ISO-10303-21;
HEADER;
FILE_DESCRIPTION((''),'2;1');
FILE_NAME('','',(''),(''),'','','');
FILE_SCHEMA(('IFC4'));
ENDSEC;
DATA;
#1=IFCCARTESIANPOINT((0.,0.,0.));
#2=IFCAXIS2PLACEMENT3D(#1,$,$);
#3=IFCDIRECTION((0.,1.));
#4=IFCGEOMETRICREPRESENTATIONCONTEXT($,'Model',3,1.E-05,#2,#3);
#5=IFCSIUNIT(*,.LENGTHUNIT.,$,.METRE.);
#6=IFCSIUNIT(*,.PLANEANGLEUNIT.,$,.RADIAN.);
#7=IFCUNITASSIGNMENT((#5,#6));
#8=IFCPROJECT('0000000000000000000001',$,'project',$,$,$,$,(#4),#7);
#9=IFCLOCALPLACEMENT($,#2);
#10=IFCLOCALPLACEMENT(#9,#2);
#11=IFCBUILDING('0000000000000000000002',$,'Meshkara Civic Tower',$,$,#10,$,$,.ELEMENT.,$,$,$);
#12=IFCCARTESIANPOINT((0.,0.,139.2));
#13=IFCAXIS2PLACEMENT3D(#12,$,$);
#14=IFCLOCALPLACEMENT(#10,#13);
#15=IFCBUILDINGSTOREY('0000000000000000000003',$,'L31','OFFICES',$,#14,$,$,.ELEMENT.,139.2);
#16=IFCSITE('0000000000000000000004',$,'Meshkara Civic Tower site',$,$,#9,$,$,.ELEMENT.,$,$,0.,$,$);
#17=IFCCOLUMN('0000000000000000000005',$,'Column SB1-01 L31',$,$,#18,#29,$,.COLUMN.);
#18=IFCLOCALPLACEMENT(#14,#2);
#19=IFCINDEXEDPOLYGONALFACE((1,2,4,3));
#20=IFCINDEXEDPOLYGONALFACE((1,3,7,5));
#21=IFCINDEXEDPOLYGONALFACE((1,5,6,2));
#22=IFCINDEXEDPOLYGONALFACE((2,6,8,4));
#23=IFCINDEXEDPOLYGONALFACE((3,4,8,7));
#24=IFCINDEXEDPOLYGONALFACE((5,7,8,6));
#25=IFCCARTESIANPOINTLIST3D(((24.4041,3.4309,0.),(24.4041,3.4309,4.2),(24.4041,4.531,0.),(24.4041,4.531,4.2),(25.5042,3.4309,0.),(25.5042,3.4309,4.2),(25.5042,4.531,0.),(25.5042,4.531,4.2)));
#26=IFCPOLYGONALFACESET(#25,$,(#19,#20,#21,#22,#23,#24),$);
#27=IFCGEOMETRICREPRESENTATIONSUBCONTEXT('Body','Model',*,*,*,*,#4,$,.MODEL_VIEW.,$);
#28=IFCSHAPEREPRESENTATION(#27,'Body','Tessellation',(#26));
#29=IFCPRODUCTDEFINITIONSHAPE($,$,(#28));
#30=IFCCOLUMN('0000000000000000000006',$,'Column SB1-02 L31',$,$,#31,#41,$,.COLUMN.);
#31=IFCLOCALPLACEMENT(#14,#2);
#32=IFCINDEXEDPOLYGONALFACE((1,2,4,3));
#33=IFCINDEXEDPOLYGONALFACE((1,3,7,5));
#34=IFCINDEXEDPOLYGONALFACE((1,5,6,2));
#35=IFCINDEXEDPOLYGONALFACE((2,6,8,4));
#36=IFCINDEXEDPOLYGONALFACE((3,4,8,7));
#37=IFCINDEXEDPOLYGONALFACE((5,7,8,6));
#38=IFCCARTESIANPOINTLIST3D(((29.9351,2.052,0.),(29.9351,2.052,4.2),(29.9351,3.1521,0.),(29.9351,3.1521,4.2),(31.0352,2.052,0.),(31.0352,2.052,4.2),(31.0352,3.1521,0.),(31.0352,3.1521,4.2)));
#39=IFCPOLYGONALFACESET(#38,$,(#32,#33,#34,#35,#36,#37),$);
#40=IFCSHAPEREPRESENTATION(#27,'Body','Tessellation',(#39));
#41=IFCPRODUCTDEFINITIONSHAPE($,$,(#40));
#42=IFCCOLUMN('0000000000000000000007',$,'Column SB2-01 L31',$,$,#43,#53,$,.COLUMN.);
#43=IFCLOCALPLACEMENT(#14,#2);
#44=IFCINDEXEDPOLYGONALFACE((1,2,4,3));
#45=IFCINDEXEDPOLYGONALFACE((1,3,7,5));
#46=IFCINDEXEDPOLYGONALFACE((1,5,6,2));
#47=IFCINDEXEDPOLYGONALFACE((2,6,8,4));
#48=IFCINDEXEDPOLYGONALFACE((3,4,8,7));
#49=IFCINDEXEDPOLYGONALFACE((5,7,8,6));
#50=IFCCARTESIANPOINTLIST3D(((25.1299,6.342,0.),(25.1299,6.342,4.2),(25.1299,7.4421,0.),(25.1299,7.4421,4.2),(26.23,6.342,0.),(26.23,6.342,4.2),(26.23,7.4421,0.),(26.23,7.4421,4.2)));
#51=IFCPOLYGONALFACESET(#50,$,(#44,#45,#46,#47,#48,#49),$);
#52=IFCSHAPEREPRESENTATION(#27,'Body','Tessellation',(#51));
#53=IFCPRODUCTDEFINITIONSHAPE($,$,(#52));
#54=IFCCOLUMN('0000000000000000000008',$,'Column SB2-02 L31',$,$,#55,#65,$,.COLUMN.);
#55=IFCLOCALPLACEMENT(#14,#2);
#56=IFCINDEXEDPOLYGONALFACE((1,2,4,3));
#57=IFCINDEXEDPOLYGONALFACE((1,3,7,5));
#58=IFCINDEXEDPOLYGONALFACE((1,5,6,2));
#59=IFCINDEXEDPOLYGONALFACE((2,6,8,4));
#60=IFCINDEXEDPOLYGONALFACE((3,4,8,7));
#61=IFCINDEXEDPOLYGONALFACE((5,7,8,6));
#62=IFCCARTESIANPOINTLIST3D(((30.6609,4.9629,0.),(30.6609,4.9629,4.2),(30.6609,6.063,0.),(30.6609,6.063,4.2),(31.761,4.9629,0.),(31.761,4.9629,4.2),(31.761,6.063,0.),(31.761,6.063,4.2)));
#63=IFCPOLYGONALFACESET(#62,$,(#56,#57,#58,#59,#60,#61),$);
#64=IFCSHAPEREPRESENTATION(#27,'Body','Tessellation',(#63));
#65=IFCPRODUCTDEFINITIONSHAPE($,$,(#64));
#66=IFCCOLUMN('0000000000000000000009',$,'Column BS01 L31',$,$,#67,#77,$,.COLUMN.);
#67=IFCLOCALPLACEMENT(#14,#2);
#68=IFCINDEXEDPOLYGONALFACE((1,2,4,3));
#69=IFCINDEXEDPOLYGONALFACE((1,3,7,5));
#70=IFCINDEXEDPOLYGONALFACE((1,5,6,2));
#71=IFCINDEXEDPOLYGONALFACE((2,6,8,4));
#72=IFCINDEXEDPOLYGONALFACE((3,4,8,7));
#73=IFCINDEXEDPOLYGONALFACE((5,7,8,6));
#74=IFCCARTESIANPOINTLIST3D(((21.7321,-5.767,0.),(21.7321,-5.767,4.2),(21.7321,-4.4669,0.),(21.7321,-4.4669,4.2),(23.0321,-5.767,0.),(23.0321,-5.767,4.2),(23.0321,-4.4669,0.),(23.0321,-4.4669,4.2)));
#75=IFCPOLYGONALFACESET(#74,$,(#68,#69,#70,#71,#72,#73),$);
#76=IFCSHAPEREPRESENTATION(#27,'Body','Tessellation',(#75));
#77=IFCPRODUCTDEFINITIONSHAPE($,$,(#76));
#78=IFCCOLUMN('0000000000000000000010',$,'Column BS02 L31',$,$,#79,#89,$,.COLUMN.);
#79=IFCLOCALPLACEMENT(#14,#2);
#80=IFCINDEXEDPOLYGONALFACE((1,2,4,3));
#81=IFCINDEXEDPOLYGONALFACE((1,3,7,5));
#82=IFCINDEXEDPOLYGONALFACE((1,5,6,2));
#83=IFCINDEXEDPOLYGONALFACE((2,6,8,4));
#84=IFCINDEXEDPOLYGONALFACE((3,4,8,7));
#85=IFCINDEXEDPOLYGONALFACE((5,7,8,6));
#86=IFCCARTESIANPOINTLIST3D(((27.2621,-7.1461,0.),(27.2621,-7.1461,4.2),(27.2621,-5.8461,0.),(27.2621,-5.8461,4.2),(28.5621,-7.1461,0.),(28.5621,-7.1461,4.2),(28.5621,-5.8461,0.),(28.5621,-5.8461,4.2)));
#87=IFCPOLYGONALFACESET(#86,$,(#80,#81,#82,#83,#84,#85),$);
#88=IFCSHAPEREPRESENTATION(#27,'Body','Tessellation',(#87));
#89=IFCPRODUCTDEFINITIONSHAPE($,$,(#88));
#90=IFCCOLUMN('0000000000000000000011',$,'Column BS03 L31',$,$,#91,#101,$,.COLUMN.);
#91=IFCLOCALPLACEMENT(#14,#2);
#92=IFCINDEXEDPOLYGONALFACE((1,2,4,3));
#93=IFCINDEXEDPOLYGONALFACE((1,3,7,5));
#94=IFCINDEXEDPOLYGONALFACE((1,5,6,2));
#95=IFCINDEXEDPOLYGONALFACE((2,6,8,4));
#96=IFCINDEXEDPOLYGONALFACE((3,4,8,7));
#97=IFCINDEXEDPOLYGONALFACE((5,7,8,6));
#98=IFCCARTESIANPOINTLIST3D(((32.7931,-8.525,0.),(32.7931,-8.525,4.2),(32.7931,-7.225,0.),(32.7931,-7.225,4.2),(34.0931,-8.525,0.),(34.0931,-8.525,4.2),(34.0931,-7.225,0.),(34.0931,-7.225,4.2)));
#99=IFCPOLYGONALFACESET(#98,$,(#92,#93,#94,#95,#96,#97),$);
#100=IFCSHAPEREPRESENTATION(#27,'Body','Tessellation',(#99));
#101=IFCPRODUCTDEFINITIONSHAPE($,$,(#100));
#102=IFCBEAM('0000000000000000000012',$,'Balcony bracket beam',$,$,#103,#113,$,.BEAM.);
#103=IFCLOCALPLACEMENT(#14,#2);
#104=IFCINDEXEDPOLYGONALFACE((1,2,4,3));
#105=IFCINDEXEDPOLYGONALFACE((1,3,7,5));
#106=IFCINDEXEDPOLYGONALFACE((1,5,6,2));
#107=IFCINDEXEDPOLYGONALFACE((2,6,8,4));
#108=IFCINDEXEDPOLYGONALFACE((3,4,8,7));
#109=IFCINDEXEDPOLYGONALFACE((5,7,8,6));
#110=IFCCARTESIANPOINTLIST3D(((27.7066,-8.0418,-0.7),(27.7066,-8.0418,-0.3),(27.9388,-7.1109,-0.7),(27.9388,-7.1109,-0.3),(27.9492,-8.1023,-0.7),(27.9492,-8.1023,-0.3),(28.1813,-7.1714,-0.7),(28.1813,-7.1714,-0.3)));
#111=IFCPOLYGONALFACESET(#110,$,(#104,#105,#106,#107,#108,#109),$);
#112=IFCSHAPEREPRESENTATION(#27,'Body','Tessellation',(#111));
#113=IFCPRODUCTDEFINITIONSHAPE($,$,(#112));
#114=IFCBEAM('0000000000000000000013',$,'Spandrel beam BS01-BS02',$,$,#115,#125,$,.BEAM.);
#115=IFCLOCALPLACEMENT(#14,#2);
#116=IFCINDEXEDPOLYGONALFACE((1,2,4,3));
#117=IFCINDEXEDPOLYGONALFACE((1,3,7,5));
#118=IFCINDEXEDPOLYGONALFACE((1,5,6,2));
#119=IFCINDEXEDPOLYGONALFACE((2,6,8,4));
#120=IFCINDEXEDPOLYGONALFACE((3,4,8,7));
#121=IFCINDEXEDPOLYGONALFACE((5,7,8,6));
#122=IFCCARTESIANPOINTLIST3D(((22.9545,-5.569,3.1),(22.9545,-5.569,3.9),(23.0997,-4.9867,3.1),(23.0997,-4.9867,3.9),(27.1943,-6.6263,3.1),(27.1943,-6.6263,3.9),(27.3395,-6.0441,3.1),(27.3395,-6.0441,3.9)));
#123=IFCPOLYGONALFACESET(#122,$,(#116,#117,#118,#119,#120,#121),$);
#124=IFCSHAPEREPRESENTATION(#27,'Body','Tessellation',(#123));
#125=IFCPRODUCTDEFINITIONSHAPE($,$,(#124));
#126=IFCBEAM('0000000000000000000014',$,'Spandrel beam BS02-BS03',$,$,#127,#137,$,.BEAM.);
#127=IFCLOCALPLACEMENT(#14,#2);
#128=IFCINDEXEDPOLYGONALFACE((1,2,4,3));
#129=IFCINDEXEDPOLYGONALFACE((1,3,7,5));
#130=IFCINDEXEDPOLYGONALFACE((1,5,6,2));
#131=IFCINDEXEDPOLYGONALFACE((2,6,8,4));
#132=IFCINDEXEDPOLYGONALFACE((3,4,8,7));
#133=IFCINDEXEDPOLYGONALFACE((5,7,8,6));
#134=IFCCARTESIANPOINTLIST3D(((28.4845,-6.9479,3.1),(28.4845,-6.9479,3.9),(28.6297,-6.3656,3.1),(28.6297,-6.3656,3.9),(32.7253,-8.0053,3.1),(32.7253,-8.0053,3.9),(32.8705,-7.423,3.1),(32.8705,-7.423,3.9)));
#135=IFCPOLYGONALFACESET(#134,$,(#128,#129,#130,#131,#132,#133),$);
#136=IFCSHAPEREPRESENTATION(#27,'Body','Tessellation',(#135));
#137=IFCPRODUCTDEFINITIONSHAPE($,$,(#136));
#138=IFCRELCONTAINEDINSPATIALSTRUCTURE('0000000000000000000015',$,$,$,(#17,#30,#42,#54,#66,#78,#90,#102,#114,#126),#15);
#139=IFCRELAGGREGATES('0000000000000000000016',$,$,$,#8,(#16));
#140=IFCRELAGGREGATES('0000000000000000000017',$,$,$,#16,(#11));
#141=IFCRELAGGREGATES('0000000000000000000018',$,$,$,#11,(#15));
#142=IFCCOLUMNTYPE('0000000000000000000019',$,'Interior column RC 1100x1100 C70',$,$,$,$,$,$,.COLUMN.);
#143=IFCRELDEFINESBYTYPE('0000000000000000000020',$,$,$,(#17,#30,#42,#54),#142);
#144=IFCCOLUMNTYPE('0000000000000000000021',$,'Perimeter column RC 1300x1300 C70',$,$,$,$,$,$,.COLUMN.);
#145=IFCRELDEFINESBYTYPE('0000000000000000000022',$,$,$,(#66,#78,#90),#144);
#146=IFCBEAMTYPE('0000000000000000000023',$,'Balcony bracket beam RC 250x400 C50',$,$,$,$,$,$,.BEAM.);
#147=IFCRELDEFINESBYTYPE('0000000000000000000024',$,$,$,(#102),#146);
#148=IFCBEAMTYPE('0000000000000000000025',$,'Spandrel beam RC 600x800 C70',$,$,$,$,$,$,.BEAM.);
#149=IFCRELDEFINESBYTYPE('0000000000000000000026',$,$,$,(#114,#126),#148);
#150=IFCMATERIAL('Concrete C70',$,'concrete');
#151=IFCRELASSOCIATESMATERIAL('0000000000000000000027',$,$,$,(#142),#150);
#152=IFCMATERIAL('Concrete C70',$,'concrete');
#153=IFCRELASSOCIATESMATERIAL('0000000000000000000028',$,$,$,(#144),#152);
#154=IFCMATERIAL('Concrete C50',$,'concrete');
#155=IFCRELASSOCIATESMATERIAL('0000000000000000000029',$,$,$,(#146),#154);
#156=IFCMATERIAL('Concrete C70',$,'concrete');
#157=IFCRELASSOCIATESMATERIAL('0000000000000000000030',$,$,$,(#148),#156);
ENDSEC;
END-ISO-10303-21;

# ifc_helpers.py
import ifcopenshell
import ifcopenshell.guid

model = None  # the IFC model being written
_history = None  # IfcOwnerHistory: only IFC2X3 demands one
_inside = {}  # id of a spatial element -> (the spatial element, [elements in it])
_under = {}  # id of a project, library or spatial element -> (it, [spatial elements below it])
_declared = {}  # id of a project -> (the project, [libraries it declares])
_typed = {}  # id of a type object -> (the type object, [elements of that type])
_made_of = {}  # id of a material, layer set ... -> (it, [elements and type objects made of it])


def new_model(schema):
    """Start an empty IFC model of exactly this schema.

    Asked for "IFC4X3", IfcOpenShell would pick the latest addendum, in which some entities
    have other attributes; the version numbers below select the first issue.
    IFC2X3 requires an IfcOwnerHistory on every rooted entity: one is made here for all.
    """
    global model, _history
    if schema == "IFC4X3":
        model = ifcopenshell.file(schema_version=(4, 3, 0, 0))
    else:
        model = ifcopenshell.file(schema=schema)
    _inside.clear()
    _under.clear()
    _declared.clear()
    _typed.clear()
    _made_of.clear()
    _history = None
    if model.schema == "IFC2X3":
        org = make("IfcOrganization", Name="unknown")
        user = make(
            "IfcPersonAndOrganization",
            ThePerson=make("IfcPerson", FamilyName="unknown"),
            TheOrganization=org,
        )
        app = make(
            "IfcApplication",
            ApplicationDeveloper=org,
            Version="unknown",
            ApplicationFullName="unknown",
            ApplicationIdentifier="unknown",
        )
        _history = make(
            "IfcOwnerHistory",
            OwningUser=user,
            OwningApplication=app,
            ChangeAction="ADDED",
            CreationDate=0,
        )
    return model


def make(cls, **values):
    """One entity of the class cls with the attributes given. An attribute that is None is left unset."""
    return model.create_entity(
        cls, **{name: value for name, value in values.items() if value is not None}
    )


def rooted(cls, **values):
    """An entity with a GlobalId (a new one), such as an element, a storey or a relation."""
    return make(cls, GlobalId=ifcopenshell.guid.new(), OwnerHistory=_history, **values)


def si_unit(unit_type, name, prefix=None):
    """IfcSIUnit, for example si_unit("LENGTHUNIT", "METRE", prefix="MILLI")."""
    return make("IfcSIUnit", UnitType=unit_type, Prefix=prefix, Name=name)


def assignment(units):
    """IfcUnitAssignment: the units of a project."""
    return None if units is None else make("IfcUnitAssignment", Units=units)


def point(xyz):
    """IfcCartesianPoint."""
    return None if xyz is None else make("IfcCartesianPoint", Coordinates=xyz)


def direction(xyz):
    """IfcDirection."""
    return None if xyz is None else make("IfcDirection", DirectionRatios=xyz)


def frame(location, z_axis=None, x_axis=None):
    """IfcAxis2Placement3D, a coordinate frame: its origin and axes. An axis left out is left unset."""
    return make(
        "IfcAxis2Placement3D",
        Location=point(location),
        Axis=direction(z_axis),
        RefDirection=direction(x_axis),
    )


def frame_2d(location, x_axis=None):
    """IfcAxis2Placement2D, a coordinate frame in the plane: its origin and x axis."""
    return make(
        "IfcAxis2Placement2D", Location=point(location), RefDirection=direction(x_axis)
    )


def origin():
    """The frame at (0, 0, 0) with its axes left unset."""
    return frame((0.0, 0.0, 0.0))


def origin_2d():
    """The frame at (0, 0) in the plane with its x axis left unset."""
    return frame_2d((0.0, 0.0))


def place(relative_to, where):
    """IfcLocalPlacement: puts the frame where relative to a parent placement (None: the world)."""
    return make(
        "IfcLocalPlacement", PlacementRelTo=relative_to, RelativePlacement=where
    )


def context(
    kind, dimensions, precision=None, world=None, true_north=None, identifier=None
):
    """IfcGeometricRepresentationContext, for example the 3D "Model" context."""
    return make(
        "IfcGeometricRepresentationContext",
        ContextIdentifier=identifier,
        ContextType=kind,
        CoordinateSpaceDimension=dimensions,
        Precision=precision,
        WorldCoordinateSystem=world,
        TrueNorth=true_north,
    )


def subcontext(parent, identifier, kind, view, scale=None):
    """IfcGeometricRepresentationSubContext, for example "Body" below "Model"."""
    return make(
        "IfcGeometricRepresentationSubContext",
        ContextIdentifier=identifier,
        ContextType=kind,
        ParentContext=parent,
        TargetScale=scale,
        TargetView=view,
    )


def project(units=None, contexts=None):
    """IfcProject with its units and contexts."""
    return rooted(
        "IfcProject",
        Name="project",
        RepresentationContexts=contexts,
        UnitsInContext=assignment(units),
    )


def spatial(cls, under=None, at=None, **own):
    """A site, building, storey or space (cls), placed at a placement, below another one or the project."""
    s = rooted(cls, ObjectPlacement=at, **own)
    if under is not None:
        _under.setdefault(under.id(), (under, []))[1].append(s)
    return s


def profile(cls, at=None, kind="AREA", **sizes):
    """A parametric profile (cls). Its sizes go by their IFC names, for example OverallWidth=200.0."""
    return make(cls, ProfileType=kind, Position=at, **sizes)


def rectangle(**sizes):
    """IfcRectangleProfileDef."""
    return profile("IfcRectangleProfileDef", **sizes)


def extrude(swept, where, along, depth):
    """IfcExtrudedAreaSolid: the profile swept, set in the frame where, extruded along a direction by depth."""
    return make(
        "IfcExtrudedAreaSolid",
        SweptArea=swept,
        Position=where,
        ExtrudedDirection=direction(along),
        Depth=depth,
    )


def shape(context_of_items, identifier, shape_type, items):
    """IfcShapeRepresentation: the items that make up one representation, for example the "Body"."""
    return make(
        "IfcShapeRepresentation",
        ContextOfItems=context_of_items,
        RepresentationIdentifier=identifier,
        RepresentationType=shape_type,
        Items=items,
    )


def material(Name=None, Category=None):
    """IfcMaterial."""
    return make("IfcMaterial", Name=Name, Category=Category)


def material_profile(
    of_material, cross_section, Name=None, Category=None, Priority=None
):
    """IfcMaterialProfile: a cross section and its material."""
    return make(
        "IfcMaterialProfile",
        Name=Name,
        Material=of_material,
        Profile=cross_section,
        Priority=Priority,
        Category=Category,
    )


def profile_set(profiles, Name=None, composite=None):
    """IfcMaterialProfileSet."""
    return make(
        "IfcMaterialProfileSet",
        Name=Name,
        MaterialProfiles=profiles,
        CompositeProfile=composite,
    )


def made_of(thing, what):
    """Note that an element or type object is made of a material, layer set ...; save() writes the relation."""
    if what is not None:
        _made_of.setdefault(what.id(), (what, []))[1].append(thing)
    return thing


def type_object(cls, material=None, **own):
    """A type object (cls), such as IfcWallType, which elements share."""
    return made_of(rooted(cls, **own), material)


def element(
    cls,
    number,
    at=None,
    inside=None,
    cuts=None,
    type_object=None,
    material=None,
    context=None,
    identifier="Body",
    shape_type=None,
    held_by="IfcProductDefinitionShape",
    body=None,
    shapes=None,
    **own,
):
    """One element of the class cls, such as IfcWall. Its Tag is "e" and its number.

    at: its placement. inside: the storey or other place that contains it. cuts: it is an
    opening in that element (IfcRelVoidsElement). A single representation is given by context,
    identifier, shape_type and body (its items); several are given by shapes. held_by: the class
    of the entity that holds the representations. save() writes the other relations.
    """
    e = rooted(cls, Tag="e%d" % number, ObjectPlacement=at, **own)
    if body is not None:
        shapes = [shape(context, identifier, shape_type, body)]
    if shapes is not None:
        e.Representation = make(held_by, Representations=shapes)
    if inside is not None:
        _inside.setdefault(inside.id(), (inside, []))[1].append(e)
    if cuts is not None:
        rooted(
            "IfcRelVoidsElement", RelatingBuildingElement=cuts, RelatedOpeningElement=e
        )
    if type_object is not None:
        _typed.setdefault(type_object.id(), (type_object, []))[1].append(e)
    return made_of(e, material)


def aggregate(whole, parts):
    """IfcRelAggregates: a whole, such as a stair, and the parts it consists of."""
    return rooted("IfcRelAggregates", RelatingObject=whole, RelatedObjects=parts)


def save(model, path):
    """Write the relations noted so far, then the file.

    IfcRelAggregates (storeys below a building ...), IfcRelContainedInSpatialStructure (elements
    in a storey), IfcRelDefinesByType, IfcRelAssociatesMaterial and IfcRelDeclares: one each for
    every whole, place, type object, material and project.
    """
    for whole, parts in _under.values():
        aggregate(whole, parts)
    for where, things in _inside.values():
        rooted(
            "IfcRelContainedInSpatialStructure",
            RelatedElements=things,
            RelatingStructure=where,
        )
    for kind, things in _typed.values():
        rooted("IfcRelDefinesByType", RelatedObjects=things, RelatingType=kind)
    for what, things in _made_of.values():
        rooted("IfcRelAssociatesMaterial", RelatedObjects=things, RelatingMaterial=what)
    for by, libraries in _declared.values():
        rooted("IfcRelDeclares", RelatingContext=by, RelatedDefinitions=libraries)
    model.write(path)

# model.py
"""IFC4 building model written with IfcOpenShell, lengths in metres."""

from ifc_helpers import new_model, si_unit, direction, frame, origin, origin_2d, place, context, subcontext, project, spatial, rectangle, extrude, material, material_profile, profile_set, type_object, element, save


model = new_model("IFC4")

# Units and contexts
model_context = context("Model", 3, precision=1e-05, world=origin(), true_north=direction((0.0, 1.0)))
body_context = subcontext(model_context, "Body", "Model", "MODEL_VIEW")
ifc_project = project(units=[si_unit("LENGTHUNIT", "METRE"), si_unit("PLANEANGLEUNIT", "RADIAN")], contexts=[model_context])

# Site, building, storey
site_placement = place(None, origin())
site = spatial("IfcSite", under=ifc_project, at=site_placement, Name="Meshkara Civic Tower site", CompositionType="ELEMENT", RefElevation=0.0)
building_placement = place(site_placement, origin())
building = spatial("IfcBuilding", under=site, at=building_placement, Name="Meshkara Civic Tower", CompositionType="ELEMENT")
storey_placement = place(building_placement, frame((0.0, 0.0, 139.2)))
storey = spatial("IfcBuildingStorey", under=building, at=storey_placement, Name="L31", Description="OFFICES", CompositionType="ELEMENT", Elevation=139.2)

# Columns
ifc_material_1 = material(Name="Concrete C70", Category="concrete")
ifc_material_profile_1 = material_profile(ifc_material_1, rectangle(XDim=1.1001, YDim=1.1001, at=origin_2d()))
ifc_profile_set_1 = profile_set([ifc_material_profile_1], Name="Concrete C70")
column_type_1 = type_object("IfcColumnType", Name="Interior column RC 1100x1100 C70", PredefinedType="COLUMN", material=ifc_profile_set_1)
for number, where, z_axis, x_axis, name in (
    (1, (24.9541, 3.981, 0.0), (0.0, 0.0, 1.0), (1.0, 0.0, 0.0), "Column SB1-01 L31"),
    (2, (30.4851, 2.6021, 0.0), (0.0, 0.0, 1.0), (1.0, 0.0, 0.0), "Column SB1-02 L31"),
    (3, (25.6799, 6.8921, 0.0), (0.0, 0.0, 1.0), (1.0, 0.0, 0.0), "Column SB2-01 L31"),
    (4, (31.2109, 5.5129, 0.0), (0.0, 0.0, 1.0), (1.0, 0.0, 0.0), "Column SB2-02 L31"),
):
    element("IfcColumn", number, at=place(storey_placement, frame(where, z_axis=z_axis, x_axis=x_axis)), inside=storey, type_object=column_type_1, Name=name, PredefinedType="COLUMN", context=body_context, shape_type="SweptSolid", body=[
        extrude(rectangle(XDim=1.1001, YDim=1.1001, at=origin_2d()), origin(), (0.0, 0.0, 1.0), 4.2),
    ])
ifc_material_2 = material(Name="Concrete C70", Category="concrete")
ifc_material_profile_2 = material_profile(ifc_material_2, rectangle(XDim=1.3, YDim=1.3, at=origin_2d()))
ifc_profile_set_2 = profile_set([ifc_material_profile_2], Name="Concrete C70")
column_type_2 = type_object("IfcColumnType", Name="Perimeter column RC 1300x1300 C70", PredefinedType="COLUMN", material=ifc_profile_set_2)
for number, where, z_axis, x_axis, name in (
    (5, (22.3821, -5.1169, 0.0), (0.0, 0.0, 1.0), (1.0, 0.0, 0.0), "Column BS01 L31"),
    (6, (27.9121, -6.4961, 0.0), (0.0, 0.0, 1.0), (1.0, 0.0, 0.0), "Column BS02 L31"),
    (7, (33.4431, -7.875, 0.0), (0.0, 0.0, 1.0), (1.0, 0.0, 0.0), "Column BS03 L31"),
):
    element("IfcColumn", number, at=place(storey_placement, frame(where, z_axis=z_axis, x_axis=x_axis)), inside=storey, type_object=column_type_2, Name=name, PredefinedType="COLUMN", context=body_context, shape_type="SweptSolid", body=[
        extrude(rectangle(XDim=1.3, YDim=1.3, at=origin_2d()), origin(), (0.0, 0.0, 1.0), 4.2),
    ])

# Beams
ifc_material_3 = material(Name="Concrete C50", Category="concrete")
ifc_material_profile_3 = material_profile(ifc_material_3, rectangle(XDim=0.25, YDim=0.3999, at=origin_2d()))
ifc_profile_set_3 = profile_set([ifc_material_profile_3], Name="Concrete C50")
beam_type_1 = type_object("IfcBeamType", Name="Balcony bracket beam RC 250x400 C50", PredefinedType="BEAM", material=ifc_profile_set_3)
beam_1_placement = place(storey_placement, frame((28.0601, -7.1411, -0.5), z_axis=(-0.241997, -0.970277, 0.0), x_axis=(0.970277, -0.241997, 0.0)))
element("IfcBeam", 8, at=beam_1_placement, inside=storey, type_object=beam_type_1, Name="Balcony bracket beam", PredefinedType="BEAM", context=body_context, shape_type="SweptSolid", body=[
    extrude(rectangle(XDim=0.25, YDim=0.3999, at=origin_2d()), origin(), (0.0, 0.0, 1.0), 0.9595),
])
ifc_material_4 = material(Name="Concrete C70", Category="concrete")
ifc_material_profile_4 = material_profile(ifc_material_4, rectangle(XDim=0.6001, YDim=0.8, at=origin_2d()))
ifc_profile_set_4 = profile_set([ifc_material_profile_4], Name="Concrete C70")
beam_type_2 = type_object("IfcBeamType", Name="Spandrel beam RC 600x800 C70", PredefinedType="BEAM", material=ifc_profile_set_4)
beam_2_placement = place(storey_placement, frame((23.0271, -5.2778, 3.5), z_axis=(0.97028, -0.241983, 0.0), x_axis=(0.241983, 0.97028, 0.0)))
element("IfcBeam", 9, at=beam_2_placement, inside=storey, type_object=beam_type_2, Name="Spandrel beam BS01-BS02", PredefinedType="BEAM", context=body_context, shape_type="SweptSolid", body=[
    extrude(rectangle(XDim=0.6001, YDim=0.8, at=origin_2d()), origin(), (0.0, 0.0, 1.0), 4.3696),
])
beam_3_placement = place(storey_placement, frame((28.5571, -6.6567, 3.5), z_axis=(0.970293, -0.241931, 0.0), x_axis=(0.241931, 0.970293, 0.0)))
element("IfcBeam", 10, at=beam_3_placement, inside=storey, type_object=beam_type_2, Name="Spandrel beam BS02-BS03", PredefinedType="BEAM", context=body_context, shape_type="SweptSolid", body=[
    extrude(rectangle(XDim=0.6001, YDim=0.8, at=origin_2d()), origin(), (0.0, 0.0, 1.0), 4.3706),
])

save(model, "model.ifc")
